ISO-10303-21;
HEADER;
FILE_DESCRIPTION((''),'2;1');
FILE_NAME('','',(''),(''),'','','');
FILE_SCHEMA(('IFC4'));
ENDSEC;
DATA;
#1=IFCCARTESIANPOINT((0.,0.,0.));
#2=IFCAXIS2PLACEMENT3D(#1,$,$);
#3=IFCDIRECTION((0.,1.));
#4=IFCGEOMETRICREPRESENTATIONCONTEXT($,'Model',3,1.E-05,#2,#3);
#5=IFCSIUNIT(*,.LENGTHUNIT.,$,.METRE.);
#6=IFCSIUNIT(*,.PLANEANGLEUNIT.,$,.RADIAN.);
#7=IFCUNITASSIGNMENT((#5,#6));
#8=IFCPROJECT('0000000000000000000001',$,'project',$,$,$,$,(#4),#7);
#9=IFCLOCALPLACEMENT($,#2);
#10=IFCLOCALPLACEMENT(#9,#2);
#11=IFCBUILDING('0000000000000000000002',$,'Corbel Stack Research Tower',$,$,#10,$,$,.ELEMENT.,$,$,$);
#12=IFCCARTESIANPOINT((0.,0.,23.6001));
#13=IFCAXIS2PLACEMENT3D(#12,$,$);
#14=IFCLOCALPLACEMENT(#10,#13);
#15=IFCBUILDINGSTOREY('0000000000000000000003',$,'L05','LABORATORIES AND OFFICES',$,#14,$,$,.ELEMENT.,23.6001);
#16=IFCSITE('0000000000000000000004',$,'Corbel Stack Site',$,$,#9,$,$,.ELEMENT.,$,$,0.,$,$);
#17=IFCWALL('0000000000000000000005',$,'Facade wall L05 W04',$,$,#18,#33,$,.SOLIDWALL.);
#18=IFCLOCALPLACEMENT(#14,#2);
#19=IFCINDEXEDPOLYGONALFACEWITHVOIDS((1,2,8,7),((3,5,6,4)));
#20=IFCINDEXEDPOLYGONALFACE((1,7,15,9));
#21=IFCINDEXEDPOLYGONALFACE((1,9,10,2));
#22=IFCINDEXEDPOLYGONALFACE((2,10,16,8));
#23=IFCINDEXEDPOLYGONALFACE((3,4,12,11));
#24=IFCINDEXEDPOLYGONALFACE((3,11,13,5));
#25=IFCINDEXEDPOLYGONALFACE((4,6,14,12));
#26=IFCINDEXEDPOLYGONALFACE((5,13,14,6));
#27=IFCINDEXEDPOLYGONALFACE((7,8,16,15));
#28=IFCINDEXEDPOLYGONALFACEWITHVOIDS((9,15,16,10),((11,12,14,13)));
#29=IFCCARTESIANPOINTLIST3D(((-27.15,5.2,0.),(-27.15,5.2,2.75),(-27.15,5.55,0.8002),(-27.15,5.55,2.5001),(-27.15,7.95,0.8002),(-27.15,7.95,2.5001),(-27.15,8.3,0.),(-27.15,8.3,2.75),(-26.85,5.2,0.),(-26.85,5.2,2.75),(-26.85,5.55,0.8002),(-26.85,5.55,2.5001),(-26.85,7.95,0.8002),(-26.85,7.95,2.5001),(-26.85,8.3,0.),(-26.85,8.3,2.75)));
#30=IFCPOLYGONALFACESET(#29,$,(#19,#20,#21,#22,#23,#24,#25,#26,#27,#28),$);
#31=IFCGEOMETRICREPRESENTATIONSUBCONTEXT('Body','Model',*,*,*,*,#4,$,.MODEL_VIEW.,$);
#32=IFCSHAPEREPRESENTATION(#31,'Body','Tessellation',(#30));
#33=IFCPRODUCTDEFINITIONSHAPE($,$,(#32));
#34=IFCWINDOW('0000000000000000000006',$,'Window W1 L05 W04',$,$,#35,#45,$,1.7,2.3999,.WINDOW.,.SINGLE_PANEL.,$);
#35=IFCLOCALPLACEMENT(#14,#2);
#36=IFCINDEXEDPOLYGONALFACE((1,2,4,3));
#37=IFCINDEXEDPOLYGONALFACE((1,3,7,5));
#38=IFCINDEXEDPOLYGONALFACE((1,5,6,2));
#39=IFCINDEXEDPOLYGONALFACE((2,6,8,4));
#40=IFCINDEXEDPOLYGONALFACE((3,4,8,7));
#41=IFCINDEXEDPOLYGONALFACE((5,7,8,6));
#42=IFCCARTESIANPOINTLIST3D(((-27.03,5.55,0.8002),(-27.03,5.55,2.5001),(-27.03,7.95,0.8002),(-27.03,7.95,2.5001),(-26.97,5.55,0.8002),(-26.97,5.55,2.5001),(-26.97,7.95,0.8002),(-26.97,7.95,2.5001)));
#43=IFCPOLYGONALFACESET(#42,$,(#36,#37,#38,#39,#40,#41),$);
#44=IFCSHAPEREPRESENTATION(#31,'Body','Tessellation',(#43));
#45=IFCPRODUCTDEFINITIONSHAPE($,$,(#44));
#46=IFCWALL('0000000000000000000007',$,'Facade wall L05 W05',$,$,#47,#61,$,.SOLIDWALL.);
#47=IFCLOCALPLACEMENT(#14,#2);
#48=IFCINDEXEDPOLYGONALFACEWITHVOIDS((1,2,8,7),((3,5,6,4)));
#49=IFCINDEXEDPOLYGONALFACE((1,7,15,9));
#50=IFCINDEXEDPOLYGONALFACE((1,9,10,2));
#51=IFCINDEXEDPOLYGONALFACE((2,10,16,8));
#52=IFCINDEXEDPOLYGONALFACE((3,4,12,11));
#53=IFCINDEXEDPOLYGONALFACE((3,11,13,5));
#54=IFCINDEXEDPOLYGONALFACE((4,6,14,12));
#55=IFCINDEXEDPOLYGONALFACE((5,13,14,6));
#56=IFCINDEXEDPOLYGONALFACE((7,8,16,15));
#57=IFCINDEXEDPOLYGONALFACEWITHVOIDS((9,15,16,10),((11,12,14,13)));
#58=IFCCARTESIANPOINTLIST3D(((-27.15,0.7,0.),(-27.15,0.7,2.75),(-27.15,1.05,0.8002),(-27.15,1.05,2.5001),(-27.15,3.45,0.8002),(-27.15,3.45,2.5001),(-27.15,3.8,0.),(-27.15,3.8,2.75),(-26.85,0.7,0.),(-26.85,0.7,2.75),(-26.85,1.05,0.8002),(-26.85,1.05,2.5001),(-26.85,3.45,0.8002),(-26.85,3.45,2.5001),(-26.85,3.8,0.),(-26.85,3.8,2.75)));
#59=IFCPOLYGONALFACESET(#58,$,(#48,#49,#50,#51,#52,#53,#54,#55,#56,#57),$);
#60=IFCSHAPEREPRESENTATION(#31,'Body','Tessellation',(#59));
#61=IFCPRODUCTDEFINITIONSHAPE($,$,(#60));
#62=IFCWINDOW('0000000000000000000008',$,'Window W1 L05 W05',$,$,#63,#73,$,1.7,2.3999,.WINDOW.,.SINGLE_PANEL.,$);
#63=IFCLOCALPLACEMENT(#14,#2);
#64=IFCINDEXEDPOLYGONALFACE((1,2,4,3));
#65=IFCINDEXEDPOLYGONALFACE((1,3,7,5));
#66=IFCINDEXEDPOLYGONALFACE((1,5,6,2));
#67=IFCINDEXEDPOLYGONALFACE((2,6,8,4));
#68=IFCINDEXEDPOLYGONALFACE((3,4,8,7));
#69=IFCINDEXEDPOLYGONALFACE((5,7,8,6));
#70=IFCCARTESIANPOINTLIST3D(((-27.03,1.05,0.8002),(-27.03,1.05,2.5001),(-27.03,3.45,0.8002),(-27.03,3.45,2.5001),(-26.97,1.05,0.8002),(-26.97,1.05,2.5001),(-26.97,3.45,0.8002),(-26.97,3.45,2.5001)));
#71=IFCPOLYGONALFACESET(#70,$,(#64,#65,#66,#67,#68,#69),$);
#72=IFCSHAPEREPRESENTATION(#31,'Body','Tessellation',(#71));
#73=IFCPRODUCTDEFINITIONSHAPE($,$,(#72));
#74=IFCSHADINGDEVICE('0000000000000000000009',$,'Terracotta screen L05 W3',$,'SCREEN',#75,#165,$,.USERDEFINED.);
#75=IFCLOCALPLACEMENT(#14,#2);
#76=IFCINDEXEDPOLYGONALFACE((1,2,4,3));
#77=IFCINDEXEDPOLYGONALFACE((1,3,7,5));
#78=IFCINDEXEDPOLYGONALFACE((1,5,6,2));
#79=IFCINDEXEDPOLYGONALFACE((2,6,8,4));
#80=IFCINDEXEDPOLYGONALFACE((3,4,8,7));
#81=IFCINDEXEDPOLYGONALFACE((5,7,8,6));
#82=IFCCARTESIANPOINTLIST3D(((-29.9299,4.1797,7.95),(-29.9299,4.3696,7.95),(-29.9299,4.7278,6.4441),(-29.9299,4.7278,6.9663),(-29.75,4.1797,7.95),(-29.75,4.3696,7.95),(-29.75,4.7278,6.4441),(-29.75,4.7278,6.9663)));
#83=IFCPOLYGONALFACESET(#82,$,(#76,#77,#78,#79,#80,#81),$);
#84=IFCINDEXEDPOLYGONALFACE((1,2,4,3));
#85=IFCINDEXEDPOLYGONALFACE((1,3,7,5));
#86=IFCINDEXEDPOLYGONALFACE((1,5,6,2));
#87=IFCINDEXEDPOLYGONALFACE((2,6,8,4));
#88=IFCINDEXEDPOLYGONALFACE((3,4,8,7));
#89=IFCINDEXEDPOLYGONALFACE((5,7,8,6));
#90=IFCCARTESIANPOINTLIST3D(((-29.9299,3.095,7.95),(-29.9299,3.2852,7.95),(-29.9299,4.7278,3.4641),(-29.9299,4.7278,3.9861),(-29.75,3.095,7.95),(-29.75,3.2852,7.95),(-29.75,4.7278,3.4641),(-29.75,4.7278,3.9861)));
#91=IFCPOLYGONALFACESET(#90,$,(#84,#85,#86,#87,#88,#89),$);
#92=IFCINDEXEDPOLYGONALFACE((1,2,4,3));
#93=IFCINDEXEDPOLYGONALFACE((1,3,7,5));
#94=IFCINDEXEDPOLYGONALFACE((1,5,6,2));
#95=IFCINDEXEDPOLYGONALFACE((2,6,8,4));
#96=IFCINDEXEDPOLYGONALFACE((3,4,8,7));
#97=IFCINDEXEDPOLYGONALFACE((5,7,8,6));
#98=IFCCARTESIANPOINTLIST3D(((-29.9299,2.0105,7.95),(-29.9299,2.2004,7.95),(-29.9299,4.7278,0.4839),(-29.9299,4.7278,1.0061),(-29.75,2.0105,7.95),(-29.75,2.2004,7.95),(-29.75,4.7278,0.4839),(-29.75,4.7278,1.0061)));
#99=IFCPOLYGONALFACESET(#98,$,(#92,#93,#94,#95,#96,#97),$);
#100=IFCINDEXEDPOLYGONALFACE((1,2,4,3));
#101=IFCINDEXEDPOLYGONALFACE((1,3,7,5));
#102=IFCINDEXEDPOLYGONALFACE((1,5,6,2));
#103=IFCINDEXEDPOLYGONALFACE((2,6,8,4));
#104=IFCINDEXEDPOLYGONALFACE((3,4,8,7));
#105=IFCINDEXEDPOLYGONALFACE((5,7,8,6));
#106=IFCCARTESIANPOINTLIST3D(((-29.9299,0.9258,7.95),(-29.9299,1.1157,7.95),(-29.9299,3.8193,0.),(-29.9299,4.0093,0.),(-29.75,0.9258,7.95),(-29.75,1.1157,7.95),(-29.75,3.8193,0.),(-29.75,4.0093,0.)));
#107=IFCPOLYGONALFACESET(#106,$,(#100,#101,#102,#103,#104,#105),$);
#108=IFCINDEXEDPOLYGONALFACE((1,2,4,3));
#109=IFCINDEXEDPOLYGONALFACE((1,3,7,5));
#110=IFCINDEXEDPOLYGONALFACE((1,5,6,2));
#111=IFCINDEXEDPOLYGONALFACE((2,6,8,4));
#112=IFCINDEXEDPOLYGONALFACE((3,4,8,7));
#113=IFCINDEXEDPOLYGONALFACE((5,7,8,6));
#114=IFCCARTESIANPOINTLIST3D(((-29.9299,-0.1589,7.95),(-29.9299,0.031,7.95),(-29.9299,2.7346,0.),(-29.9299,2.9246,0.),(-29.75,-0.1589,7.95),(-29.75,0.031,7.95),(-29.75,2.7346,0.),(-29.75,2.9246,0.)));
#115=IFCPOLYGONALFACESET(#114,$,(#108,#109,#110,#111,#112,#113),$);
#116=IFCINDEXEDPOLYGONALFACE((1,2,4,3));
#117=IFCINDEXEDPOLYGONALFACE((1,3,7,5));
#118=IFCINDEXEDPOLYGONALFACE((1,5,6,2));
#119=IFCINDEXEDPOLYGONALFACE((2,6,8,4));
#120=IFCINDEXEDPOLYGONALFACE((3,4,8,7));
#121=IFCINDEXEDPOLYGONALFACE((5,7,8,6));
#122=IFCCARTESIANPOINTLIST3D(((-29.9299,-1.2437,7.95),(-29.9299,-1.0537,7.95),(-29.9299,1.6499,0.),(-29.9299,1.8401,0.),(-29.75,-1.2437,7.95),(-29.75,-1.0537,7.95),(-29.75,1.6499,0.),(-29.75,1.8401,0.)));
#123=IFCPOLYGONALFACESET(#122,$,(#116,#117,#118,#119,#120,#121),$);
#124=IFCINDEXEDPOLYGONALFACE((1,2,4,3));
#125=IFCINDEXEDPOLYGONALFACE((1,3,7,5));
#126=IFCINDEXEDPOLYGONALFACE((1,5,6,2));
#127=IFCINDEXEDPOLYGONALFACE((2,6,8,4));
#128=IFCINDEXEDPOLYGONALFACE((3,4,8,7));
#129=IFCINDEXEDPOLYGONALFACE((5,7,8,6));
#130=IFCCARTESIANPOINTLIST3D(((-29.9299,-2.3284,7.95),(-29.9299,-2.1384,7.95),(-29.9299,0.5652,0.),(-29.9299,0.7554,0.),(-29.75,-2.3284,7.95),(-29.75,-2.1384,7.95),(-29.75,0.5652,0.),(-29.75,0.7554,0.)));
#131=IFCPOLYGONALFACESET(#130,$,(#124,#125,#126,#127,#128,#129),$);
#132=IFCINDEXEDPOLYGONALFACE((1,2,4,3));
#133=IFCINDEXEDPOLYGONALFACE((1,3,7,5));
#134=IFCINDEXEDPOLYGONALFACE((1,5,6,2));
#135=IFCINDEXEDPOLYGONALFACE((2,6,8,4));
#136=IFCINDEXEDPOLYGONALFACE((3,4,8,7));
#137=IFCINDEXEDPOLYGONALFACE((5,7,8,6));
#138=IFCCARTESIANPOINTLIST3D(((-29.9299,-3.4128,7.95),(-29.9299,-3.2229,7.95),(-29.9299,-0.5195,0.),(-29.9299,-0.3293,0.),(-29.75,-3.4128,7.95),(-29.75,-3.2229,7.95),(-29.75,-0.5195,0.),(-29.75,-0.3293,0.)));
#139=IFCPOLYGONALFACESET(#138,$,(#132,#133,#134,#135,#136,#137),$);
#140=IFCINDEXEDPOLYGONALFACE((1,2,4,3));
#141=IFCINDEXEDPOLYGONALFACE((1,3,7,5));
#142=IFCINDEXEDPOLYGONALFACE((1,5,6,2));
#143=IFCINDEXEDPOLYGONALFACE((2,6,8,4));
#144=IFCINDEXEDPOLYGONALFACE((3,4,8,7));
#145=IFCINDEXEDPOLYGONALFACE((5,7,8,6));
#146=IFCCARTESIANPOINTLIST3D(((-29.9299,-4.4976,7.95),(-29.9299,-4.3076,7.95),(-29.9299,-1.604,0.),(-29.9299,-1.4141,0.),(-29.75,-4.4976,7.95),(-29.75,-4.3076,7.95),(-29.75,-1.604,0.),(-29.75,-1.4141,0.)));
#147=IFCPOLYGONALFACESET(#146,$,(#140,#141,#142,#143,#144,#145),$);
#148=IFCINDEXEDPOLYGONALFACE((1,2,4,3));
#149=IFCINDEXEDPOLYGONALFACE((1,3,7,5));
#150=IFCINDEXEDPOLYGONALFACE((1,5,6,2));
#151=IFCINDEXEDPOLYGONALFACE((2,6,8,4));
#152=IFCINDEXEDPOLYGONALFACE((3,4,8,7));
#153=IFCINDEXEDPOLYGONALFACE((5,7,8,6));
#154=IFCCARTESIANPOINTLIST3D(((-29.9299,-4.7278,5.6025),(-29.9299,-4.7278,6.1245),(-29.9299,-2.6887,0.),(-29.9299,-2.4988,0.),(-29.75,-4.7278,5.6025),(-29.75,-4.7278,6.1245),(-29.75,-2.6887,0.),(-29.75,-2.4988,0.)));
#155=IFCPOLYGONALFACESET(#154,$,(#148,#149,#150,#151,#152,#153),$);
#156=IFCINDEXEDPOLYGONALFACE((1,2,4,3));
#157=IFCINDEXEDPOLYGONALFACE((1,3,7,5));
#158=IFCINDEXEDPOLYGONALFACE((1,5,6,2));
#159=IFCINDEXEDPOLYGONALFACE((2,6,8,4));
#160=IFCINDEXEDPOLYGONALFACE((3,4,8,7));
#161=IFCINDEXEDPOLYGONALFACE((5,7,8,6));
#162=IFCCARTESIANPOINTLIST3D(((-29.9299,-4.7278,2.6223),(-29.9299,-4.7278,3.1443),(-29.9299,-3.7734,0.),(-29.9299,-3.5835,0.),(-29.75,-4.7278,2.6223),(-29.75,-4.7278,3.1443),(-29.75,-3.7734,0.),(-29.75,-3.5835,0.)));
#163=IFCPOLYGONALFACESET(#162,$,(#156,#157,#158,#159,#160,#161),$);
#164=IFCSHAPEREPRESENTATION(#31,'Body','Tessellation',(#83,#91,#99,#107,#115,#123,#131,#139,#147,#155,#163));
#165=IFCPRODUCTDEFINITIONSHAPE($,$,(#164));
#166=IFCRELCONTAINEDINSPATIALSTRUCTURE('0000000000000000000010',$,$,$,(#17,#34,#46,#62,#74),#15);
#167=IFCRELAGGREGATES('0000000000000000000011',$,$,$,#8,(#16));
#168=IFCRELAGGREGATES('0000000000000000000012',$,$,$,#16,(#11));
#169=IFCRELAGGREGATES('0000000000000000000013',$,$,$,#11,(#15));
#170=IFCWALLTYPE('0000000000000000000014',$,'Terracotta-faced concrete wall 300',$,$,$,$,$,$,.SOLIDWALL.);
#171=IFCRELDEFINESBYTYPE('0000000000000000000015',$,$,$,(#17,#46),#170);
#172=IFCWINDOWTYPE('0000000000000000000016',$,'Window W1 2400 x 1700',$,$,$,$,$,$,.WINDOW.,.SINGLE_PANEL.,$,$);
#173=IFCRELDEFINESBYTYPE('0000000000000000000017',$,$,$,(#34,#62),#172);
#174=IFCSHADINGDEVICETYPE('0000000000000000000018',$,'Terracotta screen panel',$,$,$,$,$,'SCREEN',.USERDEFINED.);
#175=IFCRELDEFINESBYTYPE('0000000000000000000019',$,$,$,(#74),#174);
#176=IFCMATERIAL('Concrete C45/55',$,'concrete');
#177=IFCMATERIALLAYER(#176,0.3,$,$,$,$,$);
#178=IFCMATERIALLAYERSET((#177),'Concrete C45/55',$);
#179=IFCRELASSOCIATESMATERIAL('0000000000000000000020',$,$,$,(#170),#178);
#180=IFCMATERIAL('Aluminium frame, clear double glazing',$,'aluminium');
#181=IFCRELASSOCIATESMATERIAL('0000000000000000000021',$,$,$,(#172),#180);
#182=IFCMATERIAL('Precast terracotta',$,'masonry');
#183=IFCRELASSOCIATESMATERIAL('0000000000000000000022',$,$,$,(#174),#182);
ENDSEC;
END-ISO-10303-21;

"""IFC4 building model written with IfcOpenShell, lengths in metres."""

from ifc_helpers import new_model, si_unit, direction, frame, frame_2d, origin, place, context, subcontext, project, spatial, polyline, rectangle, outline, extrude, source, transform, mapped, material, layer, layer_set, type_object, element, fill, save


model = new_model("IFC4")

# Units and contexts
model_context = context("Model", 3, precision=1e-05, world=origin(), true_north=direction((0.0, 1.0)))
body_context = subcontext(model_context, "Body", "Model", "MODEL_VIEW")
ifc_project = project(units=[si_unit("LENGTHUNIT", "METRE"), si_unit("PLANEANGLEUNIT", "RADIAN")], contexts=[model_context])

# Site, building, storey
site_placement = place(None, origin())
site = spatial("IfcSite", under=ifc_project, at=site_placement, Name="Corbel Stack Site", CompositionType="ELEMENT", RefElevation=0.0)
building_placement = place(site_placement, origin())
building = spatial("IfcBuilding", under=site, at=building_placement, Name="Corbel Stack Research Tower", CompositionType="ELEMENT")
storey_placement = place(building_placement, frame((0.0, 0.0, 23.6001)))
storey = spatial("IfcBuildingStorey", under=building, at=storey_placement, Name="L05", Description="LABORATORIES AND OFFICES", CompositionType="ELEMENT", Elevation=23.6001)

# Shared definitions
ifc_material_1 = material(Name="Concrete C45/55", Category="concrete")
ifc_layer_1 = layer(ifc_material_1, 0.3)
ifc_layer_set_1 = layer_set([ifc_layer_1], Name="Concrete C45/55")
wall_type_1 = type_object("IfcWallType", Name="Terracotta-faced concrete wall 300", PredefinedType="SOLIDWALL", material=ifc_layer_set_1)

# Walls, openings, windows
ifc_material_2 = material(Name="Aluminium frame, clear double glazing", Category="aluminium")
window_type = type_object("IfcWindowType", Name="Window W1 2400 x 1700", PartitioningType="SINGLE_PANEL", PredefinedType="WINDOW", material=ifc_material_2)
wall_1_placement = place(storey_placement, frame((-27.0, 5.2, 0.0), z_axis=(0.0, 0.0, 1.0), x_axis=(0.0, 1.0, 0.0)))
wall_1 = element("IfcWall", 1, at=wall_1_placement, inside=storey, type_object=wall_type_1, Name="Facade wall L05 W04", PredefinedType="SOLIDWALL", context=body_context, shape_type="SweptSolid", body=[
    extrude(rectangle(XDim=3.1001, YDim=0.3, at=frame_2d((1.55, 0.0))), origin(), (0.0, 0.0, 1.0), 2.75),
])
opening_1_placement = place(wall_1_placement, frame((0.3501, 0.0, 0.8)))
opening_1 = element("IfcOpeningElement", 2, at=opening_1_placement, cuts=wall_1, PredefinedType="OPENING", context=body_context, shape_type="SweptSolid", body=[
    extrude(rectangle(XDim=2.3999, YDim=1.7, at=frame_2d((1.2, 0.8501))), frame((0.0, 0.1599, 0.0), z_axis=(0.0, -1.0, 0.0), x_axis=(1.0, 0.0, 0.0)), (0.0, 0.0, 1.0), 0.3201),
])
window_1_placement = place(opening_1_placement, origin())
window_1 = element("IfcWindow", 3, at=window_1_placement, inside=storey, type_object=window_type, Name="Window W1 L05 W04", OverallHeight=1.7, OverallWidth=2.3999, PartitioningType="SINGLE_PANEL", PredefinedType="WINDOW", context=body_context, shape_type="SweptSolid", body=[
    extrude(rectangle(XDim=2.3999, YDim=1.7, at=frame_2d((1.2, 0.8501))), frame((0.0, 0.03, 0.0), z_axis=(0.0, -1.0, 0.0), x_axis=(1.0, 0.0, 0.0)), (0.0, 0.0, 1.0), 0.0601),
])
fill(opening_1, window_1)
wall_2_placement = place(storey_placement, frame((-27.0, 0.7, 0.0), z_axis=(0.0, 0.0, 1.0), x_axis=(0.0, 1.0, 0.0)))
wall_2 = element("IfcWall", 4, at=wall_2_placement, inside=storey, type_object=wall_type_1, Name="Facade wall L05 W05", PredefinedType="SOLIDWALL", context=body_context, shape_type="SweptSolid", body=[
    extrude(rectangle(XDim=3.1001, YDim=0.3, at=frame_2d((1.55, 0.0))), origin(), (0.0, 0.0, 1.0), 2.75),
])
opening_2_placement = place(wall_2_placement, frame((0.3501, 0.0, 0.8)))
opening_2 = element("IfcOpeningElement", 5, at=opening_2_placement, cuts=wall_2, PredefinedType="OPENING", context=body_context, shape_type="SweptSolid", body=[
    extrude(rectangle(XDim=2.3999, YDim=1.7, at=frame_2d((1.2, 0.8501))), frame((0.0, 0.1599, 0.0), z_axis=(0.0, -1.0, 0.0), x_axis=(1.0, 0.0, 0.0)), (0.0, 0.0, 1.0), 0.3201),
])
window_2_placement = place(opening_2_placement, origin())
window_2 = element("IfcWindow", 6, at=window_2_placement, inside=storey, type_object=window_type, Name="Window W1 L05 W05", OverallHeight=1.7, OverallWidth=2.3999, PartitioningType="SINGLE_PANEL", PredefinedType="WINDOW", context=body_context, shape_type="SweptSolid", body=[
    extrude(rectangle(XDim=2.3999, YDim=1.7, at=frame_2d((1.2, 0.8501))), frame((0.0, 0.03, 0.0), z_axis=(0.0, -1.0, 0.0), x_axis=(1.0, 0.0, 0.0)), (0.0, 0.0, 1.0), 0.0601),
])
fill(opening_2, window_2)

# Shading device
ifc_material_3 = material(Name="Precast terracotta", Category="masonry")
shading_device_type = type_object("IfcShadingDeviceType", Name="Terracotta screen panel", ElementType="SCREEN", PredefinedType="USERDEFINED", material=ifc_material_3)
shared_shape_1 = source(origin(), body_context, "Body", "SweptSolid", [
    extrude(outline(polyline([(0.5481, 7.95), (0.3582, 7.95), (0.0, 6.9663), (0.0, 6.4441), (0.5481, 7.95)])), frame((0.0, 0.0, 0.0), z_axis=(0.0, -1.0, 0.0), x_axis=(1.0, 0.0, 0.0)), (0.0, 0.0, 1.0), 0.1799),
    extrude(outline(polyline([(1.6328, 7.95), (1.4426, 7.95), (0.0, 3.9861), (0.0, 3.4641), (1.6328, 7.95)])), frame((0.0, 0.0, 0.0), z_axis=(0.0, -1.0, 0.0), x_axis=(1.0, 0.0, 0.0)), (0.0, 0.0, 1.0), 0.1799),
    extrude(outline(polyline([(2.7173, 7.95), (2.5273, 7.95), (0.0, 1.0061), (0.0, 0.4839), (2.7173, 7.95)])), frame((0.0, 0.0, 0.0), z_axis=(0.0, -1.0, 0.0), x_axis=(1.0, 0.0, 0.0)), (0.0, 0.0, 1.0), 0.1799),
    extrude(outline(polyline([(0.9084, 0.0), (3.802, 7.95), (3.6121, 7.95), (0.7185, 0.0), (0.9084, 0.0)])), frame((0.0, 0.0, 0.0), z_axis=(0.0, -1.0, 0.0), x_axis=(1.0, 0.0, 0.0)), (0.0, 0.0, 1.0), 0.1799),
    extrude(outline(polyline([(1.9932, 0.0), (4.8867, 7.95), (4.6968, 7.95), (1.8032, 0.0), (1.9932, 0.0)])), frame((0.0, 0.0, 0.0), z_axis=(0.0, -1.0, 0.0), x_axis=(1.0, 0.0, 0.0)), (0.0, 0.0, 1.0), 0.1799),
    extrude(outline(polyline([(3.0779, 0.0), (5.9714, 7.95), (5.7815, 7.95), (2.8877, 0.0), (3.0779, 0.0)])), frame((0.0, 0.0, 0.0), z_axis=(0.0, -1.0, 0.0), x_axis=(1.0, 0.0, 0.0)), (0.0, 0.0, 1.0), 0.1799),
    extrude(outline(polyline([(4.1626, 0.0), (7.0562, 7.95), (6.8662, 7.95), (3.9724, 0.0), (4.1626, 0.0)])), frame((0.0, 0.0, 0.0), z_axis=(0.0, -1.0, 0.0), x_axis=(1.0, 0.0, 0.0)), (0.0, 0.0, 1.0), 0.1799),
    extrude(outline(polyline([(5.2473, 0.0), (8.1406, 7.95), (7.9507, 7.95), (5.0571, 0.0), (5.2473, 0.0)])), frame((0.0, 0.0, 0.0), z_axis=(0.0, -1.0, 0.0), x_axis=(1.0, 0.0, 0.0)), (0.0, 0.0, 1.0), 0.1799),
    extrude(outline(polyline([(6.3318, 0.0), (9.2253, 7.95), (9.0354, 7.95), (6.1418, 0.0), (6.3318, 0.0)])), frame((0.0, 0.0, 0.0), z_axis=(0.0, -1.0, 0.0), x_axis=(1.0, 0.0, 0.0)), (0.0, 0.0, 1.0), 0.1799),
    extrude(outline(polyline([(7.4165, 0.0), (9.4556, 5.6025), (9.4556, 6.1245), (7.2266, 0.0), (7.4165, 0.0)])), frame((0.0, 0.0, 0.0), z_axis=(0.0, -1.0, 0.0), x_axis=(1.0, 0.0, 0.0)), (0.0, 0.0, 1.0), 0.1799),
    extrude(outline(polyline([(8.5012, 0.0), (9.4556, 2.6223), (9.4556, 3.1443), (8.3113, 0.0), (8.5012, 0.0)])), frame((0.0, 0.0, 0.0), z_axis=(0.0, -1.0, 0.0), x_axis=(1.0, 0.0, 0.0)), (0.0, 0.0, 1.0), 0.1799),
])
shading_device_1_placement = place(storey_placement, frame((-29.75, 4.7278, 0.0), z_axis=(0.0, 0.0, 1.0), x_axis=(0.0, -1.0, 0.0)))
element("IfcShadingDevice", 7, at=shading_device_1_placement, inside=storey, type_object=shading_device_type, Name="Terracotta screen L05 W3", ObjectType="SCREEN", PredefinedType="USERDEFINED", context=body_context, shape_type="MappedRepresentation", body=[
    mapped(shared_shape_1, transform((0.0, 0.0, 0.0))),
])

save(model, "model.ifc")
